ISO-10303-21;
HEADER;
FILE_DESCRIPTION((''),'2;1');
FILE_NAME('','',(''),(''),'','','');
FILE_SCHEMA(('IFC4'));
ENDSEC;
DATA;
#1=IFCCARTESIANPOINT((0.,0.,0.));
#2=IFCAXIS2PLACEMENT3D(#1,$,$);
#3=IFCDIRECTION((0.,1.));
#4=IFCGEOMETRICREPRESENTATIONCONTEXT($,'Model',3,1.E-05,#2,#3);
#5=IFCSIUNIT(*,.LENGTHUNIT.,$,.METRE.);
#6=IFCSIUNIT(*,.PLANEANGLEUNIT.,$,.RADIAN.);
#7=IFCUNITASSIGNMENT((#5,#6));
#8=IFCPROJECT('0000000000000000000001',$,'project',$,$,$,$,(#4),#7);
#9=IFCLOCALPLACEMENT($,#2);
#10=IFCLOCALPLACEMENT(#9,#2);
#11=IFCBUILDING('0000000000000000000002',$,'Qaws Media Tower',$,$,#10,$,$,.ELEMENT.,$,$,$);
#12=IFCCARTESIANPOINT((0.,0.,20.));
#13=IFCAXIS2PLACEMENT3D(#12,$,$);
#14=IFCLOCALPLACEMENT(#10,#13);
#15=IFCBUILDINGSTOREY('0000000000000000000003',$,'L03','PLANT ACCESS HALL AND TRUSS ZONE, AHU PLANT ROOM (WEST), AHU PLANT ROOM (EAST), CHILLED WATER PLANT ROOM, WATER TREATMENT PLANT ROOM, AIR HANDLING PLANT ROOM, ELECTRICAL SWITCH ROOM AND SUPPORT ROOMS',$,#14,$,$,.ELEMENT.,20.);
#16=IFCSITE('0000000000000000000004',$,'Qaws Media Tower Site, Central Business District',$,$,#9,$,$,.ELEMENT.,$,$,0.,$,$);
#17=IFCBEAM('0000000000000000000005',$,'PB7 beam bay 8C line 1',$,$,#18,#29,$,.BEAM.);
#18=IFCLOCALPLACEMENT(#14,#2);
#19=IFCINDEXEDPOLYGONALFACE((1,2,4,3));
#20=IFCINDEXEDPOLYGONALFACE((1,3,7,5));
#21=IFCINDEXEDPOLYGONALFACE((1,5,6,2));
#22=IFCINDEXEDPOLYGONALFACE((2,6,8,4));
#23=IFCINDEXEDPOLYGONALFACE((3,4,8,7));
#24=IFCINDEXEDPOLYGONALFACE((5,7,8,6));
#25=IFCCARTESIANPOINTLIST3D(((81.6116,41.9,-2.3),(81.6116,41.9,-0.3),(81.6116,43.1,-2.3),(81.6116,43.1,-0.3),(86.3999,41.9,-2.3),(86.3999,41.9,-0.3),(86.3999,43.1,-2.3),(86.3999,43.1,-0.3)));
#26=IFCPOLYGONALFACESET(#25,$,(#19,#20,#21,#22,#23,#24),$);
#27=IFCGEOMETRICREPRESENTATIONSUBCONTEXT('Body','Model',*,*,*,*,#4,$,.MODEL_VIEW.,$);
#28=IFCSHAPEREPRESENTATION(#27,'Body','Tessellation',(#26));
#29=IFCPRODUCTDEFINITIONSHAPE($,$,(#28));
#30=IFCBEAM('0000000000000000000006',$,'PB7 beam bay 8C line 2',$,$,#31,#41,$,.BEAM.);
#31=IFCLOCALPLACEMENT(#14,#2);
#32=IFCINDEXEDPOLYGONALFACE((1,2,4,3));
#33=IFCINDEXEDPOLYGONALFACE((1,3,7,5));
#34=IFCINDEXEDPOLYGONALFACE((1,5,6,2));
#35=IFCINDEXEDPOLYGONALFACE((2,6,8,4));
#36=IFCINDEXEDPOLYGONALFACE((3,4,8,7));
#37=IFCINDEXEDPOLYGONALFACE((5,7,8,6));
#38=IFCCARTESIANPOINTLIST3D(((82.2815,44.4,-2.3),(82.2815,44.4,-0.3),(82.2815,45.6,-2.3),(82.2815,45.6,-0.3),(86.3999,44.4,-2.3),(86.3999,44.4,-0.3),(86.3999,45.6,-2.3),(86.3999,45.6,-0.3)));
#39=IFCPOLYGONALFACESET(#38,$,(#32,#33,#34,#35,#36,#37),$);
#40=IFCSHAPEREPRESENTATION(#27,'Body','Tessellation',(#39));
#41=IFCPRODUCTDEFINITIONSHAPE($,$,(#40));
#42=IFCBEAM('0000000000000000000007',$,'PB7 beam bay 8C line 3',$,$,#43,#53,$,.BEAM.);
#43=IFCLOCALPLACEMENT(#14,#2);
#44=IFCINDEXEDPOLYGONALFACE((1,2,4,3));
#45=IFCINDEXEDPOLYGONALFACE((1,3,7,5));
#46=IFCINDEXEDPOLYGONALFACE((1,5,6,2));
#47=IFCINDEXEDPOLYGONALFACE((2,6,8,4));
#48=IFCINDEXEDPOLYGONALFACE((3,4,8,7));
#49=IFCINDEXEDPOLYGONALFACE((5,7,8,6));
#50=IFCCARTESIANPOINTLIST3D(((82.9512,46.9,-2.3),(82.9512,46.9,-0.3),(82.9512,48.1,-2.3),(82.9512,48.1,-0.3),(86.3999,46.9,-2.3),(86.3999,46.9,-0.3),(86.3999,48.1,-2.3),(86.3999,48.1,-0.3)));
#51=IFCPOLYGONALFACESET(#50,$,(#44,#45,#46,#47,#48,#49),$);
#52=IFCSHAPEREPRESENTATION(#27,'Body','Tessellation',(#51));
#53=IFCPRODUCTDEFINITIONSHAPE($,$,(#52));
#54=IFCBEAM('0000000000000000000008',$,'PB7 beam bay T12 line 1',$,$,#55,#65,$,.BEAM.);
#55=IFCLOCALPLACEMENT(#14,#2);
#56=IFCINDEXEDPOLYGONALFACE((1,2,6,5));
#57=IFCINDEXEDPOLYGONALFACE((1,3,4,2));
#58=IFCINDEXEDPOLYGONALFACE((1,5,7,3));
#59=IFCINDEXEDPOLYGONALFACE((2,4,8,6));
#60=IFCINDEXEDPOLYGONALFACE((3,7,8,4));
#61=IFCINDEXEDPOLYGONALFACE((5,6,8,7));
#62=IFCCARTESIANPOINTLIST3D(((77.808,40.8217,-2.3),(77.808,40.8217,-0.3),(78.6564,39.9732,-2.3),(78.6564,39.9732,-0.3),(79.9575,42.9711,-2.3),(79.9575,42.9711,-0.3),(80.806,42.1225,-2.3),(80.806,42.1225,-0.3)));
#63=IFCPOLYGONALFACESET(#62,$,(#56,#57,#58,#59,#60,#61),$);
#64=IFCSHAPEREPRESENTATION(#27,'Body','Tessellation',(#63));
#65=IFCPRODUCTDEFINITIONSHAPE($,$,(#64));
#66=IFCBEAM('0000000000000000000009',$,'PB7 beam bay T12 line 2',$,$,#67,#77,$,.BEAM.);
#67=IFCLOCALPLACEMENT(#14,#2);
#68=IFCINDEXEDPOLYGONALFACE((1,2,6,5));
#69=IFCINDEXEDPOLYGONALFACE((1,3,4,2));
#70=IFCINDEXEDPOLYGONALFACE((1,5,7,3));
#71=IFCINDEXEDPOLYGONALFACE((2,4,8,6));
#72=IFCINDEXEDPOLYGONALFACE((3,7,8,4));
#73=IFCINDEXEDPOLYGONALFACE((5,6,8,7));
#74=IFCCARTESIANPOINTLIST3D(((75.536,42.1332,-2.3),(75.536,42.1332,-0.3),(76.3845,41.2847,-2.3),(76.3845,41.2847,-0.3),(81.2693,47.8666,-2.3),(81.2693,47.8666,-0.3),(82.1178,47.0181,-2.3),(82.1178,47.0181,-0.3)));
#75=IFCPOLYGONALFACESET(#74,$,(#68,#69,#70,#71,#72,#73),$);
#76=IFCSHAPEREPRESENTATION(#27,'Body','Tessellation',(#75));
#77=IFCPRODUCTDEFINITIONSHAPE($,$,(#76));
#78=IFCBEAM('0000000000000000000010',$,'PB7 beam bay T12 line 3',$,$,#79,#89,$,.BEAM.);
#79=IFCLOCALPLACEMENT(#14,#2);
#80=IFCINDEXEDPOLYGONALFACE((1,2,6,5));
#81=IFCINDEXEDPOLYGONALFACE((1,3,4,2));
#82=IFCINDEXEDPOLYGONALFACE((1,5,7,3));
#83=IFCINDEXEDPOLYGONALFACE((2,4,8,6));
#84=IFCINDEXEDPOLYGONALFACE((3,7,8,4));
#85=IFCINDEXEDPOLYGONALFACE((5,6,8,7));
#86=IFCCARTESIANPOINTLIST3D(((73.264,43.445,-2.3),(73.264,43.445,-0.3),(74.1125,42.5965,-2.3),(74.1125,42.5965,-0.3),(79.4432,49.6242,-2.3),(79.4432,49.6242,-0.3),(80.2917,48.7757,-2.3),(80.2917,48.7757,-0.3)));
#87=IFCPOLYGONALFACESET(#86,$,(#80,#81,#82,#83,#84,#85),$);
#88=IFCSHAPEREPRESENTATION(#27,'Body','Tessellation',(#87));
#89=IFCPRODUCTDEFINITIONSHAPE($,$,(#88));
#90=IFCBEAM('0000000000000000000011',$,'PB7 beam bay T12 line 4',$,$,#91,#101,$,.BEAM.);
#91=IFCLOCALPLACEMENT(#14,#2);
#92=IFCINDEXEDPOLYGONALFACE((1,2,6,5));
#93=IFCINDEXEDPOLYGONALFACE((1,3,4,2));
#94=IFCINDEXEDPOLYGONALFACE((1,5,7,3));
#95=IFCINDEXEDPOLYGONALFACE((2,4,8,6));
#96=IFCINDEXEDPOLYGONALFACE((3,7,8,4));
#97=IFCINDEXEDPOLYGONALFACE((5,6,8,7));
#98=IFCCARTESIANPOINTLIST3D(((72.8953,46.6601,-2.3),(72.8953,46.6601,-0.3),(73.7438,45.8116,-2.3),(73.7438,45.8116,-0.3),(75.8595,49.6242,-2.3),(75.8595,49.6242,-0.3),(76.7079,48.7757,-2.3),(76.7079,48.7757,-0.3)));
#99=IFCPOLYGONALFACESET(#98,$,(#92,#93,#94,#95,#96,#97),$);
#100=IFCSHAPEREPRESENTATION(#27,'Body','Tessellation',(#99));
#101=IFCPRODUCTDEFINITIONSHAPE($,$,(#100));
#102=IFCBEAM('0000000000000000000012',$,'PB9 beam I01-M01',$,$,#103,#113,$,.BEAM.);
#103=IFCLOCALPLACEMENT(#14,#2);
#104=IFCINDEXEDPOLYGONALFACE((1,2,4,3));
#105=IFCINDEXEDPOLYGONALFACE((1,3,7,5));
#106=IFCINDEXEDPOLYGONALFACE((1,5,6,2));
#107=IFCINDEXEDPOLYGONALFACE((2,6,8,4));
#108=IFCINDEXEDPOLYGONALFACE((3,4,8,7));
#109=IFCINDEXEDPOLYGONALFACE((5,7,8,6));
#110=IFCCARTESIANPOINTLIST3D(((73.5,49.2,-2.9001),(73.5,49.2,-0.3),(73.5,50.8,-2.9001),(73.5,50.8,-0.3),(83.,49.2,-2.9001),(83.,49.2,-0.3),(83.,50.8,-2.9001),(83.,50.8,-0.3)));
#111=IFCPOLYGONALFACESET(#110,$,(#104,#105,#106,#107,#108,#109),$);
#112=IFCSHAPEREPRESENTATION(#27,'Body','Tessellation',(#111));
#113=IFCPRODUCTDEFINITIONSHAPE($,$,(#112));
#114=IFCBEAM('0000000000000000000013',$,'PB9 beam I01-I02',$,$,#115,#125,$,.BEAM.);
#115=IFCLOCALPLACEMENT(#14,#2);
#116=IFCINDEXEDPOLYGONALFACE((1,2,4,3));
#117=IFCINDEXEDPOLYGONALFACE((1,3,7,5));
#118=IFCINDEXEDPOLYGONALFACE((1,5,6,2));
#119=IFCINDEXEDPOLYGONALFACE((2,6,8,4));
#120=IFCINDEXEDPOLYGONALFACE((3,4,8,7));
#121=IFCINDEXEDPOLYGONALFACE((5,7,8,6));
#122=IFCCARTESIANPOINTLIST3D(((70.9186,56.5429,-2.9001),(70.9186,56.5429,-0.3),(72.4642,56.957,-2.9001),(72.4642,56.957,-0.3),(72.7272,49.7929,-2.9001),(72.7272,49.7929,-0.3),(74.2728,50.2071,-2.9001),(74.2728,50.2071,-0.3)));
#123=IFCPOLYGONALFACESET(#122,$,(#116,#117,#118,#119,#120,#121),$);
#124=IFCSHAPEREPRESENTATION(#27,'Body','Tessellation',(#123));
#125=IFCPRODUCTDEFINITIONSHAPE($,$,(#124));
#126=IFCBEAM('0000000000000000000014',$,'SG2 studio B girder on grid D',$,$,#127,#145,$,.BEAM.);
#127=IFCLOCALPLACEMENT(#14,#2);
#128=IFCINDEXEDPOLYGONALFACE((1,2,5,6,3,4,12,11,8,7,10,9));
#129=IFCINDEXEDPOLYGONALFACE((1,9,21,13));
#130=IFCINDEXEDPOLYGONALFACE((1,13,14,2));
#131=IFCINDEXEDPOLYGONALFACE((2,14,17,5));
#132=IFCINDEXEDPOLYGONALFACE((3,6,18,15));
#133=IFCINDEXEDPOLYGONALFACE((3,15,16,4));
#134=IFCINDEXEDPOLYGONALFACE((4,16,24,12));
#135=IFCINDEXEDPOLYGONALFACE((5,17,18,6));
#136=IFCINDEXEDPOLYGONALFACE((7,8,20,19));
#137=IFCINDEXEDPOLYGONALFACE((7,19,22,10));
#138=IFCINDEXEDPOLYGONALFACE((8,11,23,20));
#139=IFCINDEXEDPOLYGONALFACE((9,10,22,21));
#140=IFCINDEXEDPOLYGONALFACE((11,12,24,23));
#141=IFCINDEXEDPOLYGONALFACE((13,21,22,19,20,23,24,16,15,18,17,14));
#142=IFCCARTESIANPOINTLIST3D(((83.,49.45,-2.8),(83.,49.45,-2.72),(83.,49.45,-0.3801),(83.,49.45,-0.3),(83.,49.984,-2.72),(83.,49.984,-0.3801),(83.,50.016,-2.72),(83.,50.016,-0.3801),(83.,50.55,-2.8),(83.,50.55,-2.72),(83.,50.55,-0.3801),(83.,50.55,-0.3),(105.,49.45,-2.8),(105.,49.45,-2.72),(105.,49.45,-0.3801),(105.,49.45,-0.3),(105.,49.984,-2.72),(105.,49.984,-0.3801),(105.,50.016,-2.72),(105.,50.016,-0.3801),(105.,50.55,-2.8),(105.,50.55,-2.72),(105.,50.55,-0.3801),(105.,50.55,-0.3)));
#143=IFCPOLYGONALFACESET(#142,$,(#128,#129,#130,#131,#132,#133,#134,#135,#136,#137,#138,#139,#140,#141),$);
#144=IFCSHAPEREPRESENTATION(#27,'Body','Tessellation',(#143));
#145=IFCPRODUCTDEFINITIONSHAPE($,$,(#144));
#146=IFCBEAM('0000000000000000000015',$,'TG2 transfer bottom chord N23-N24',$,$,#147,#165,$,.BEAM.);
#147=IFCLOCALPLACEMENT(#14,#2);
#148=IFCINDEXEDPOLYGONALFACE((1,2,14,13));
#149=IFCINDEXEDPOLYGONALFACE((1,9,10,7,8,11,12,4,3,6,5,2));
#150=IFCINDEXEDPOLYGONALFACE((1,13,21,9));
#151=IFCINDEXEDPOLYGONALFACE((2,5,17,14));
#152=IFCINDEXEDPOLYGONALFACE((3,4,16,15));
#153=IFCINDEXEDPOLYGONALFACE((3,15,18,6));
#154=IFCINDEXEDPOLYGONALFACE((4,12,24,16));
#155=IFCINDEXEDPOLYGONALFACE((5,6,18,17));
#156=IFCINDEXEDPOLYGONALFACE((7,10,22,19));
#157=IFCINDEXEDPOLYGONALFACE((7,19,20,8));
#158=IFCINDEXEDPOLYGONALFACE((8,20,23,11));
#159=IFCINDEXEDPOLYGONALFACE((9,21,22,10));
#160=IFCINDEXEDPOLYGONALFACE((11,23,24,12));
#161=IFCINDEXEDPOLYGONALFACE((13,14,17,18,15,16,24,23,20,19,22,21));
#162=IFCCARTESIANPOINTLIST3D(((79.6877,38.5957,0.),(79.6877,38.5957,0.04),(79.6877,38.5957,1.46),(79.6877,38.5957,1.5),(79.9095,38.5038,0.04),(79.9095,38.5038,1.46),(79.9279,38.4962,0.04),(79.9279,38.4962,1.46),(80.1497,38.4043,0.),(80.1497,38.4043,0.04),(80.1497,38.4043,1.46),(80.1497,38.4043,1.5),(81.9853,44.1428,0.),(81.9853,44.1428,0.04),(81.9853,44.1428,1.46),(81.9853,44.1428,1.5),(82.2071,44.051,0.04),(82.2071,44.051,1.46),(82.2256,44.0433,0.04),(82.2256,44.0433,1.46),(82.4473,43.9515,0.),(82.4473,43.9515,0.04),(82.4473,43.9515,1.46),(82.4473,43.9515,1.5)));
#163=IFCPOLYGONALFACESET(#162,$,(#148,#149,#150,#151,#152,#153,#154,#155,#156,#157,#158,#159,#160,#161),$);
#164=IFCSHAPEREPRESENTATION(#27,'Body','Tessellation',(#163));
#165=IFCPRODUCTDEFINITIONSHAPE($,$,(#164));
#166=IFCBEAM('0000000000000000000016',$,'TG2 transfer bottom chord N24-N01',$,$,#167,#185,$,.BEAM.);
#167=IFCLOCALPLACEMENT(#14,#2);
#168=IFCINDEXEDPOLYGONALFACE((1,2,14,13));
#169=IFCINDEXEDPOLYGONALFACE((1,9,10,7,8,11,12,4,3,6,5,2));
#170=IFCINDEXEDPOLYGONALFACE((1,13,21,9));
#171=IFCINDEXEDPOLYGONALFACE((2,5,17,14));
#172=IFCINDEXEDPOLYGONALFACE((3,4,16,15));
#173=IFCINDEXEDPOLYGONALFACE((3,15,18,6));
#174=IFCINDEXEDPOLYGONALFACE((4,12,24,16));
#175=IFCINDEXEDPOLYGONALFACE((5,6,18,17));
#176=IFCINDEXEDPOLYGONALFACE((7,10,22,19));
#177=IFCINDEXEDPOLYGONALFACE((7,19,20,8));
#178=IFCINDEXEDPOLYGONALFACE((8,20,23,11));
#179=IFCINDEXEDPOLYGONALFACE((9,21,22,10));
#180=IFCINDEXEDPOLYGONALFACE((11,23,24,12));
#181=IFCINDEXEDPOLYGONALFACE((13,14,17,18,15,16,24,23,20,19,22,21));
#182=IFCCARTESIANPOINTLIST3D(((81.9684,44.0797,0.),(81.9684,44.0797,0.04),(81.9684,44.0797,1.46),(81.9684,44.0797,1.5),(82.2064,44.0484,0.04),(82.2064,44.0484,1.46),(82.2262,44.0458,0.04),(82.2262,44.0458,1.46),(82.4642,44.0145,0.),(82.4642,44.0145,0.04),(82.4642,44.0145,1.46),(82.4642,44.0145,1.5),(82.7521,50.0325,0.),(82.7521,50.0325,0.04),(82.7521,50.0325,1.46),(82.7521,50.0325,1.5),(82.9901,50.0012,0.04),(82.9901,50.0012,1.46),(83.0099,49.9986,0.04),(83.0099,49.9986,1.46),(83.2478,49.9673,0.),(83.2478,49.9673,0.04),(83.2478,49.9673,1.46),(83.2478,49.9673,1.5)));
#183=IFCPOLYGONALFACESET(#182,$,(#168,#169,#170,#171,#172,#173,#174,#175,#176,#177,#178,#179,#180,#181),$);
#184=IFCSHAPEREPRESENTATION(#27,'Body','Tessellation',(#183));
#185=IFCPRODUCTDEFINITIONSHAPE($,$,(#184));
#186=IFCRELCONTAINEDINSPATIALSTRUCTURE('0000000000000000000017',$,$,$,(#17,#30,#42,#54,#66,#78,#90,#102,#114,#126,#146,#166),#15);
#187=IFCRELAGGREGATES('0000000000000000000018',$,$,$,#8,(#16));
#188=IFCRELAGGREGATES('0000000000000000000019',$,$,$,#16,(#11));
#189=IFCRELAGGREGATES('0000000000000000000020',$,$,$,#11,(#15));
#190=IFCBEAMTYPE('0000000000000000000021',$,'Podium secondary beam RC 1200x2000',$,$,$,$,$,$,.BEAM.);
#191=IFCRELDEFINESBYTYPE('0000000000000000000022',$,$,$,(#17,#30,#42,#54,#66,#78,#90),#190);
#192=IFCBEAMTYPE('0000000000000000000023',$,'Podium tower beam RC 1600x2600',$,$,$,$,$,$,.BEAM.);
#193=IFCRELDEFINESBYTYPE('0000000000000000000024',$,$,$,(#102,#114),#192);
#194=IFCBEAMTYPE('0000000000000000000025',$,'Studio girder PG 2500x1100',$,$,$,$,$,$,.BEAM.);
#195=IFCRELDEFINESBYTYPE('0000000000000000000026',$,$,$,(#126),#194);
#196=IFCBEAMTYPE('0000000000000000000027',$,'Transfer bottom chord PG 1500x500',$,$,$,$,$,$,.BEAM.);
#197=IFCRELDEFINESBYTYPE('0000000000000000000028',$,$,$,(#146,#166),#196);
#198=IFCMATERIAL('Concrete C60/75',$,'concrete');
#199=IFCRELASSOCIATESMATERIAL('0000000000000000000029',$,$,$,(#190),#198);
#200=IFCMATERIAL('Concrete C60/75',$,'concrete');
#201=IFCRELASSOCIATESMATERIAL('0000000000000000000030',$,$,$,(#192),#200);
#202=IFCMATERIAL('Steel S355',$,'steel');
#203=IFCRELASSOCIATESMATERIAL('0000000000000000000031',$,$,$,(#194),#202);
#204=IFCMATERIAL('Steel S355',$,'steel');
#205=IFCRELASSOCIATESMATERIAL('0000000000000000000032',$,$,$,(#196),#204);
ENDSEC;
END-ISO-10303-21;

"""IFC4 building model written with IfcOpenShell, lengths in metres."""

from ifc_helpers import new_model, si_unit, direction, frame, origin, origin_2d, place, context, subcontext, project, spatial, rectangle, i_section, extrude, material, material_profile, profile_set, type_object, element, save


model = new_model("IFC4")

# Units and contexts
model_context = context("Model", 3, precision=1e-05, world=origin(), true_north=direction((0.0, 1.0)))
body_context = subcontext(model_context, "Body", "Model", "MODEL_VIEW")
ifc_project = project(units=[si_unit("LENGTHUNIT", "METRE"), si_unit("PLANEANGLEUNIT", "RADIAN")], contexts=[model_context])

# Site, building, storey
site_placement = place(None, origin())
site = spatial("IfcSite", under=ifc_project, at=site_placement, Name="Qaws Media Tower Site, Central Business District", CompositionType="ELEMENT", RefElevation=0.0)
building_placement = place(site_placement, origin())
building = spatial("IfcBuilding", under=site, at=building_placement, Name="Qaws Media Tower", CompositionType="ELEMENT")
storey_placement = place(building_placement, frame((0.0, 0.0, 20.0)))
storey = spatial("IfcBuildingStorey", under=building, at=storey_placement, Name="L03", Description="PLANT ACCESS HALL AND TRUSS ZONE, AHU PLANT ROOM (WEST), AHU PLANT ROOM (EAST), CHILLED WATER PLANT ROOM, WATER TREATMENT PLANT ROOM, AIR HANDLING PLANT ROOM, ELECTRICAL SWITCH ROOM AND SUPPORT ROOMS", CompositionType="ELEMENT", Elevation=20.0)

# Beams
ifc_material_1 = material(Name="Concrete C60/75", Category="concrete")
ifc_material_profile_1 = material_profile(ifc_material_1, rectangle(XDim=1.2, YDim=2.0, at=origin_2d()), Name="RC 1200x2000")
ifc_profile_set_1 = profile_set([ifc_material_profile_1], Name="Concrete C60/75")
beam_type_1 = type_object("IfcBeamType", Name="Podium secondary beam RC 1200x2000", PredefinedType="BEAM", material=ifc_profile_set_1)
beam_1_placement = place(storey_placement, frame((81.6116, 42.5, -1.3), z_axis=(1.0, 0.0, 0.0), x_axis=(0.0, 1.0, 0.0)))
element("IfcBeam", 1, at=beam_1_placement, inside=storey, type_object=beam_type_1, Name="PB7 beam bay 8C line 1", PredefinedType="BEAM", context=body_context, shape_type="SweptSolid", body=[
    extrude(rectangle(XDim=1.2, YDim=2.0, at=origin_2d()), origin(), (0.0, 0.0, 1.0), 4.7883),
])
beam_2_placement = place(storey_placement, frame((82.2815, 45.0, -1.3), z_axis=(1.0, 0.0, 0.0), x_axis=(0.0, 1.0, 0.0)))
element("IfcBeam", 2, at=beam_2_placement, inside=storey, type_object=beam_type_1, Name="PB7 beam bay 8C line 2", PredefinedType="BEAM", context=body_context, shape_type="SweptSolid", body=[
    extrude(rectangle(XDim=1.2, YDim=2.0, at=origin_2d()), origin(), (0.0, 0.0, 1.0), 4.1184),
])
beam_3_placement = place(storey_placement, frame((82.9512, 47.5, -1.3), z_axis=(1.0, 0.0, 0.0), x_axis=(0.0, 1.0, 0.0)))
element("IfcBeam", 3, at=beam_3_placement, inside=storey, type_object=beam_type_1, Name="PB7 beam bay 8C line 3", PredefinedType="BEAM", context=body_context, shape_type="SweptSolid", body=[
    extrude(rectangle(XDim=1.2, YDim=2.0, at=origin_2d()), origin(), (0.0, 0.0, 1.0), 3.4487),
])
beam_4_placement = place(storey_placement, frame((78.2322, 40.3975, -1.3), z_axis=(0.707147, 0.707067, 0.0), x_axis=(-0.707067, 0.707147, 0.0)))
element("IfcBeam", 4, at=beam_4_placement, inside=storey, type_object=beam_type_1, Name="PB7 beam bay T12 line 1", PredefinedType="BEAM", context=body_context, shape_type="SweptSolid", body=[
    extrude(rectangle(XDim=1.2, YDim=2.0, at=origin_2d()), origin(), (0.0, 0.0, 1.0), 3.0398),
])
beam_5_placement = place(storey_placement, frame((75.9602, 41.709, -1.3), z_axis=(0.707107, 0.707107, 0.0), x_axis=(-0.707107, 0.707107, 0.0)))
element("IfcBeam", 5, at=beam_5_placement, inside=storey, type_object=beam_type_1, Name="PB7 beam bay T12 line 2", PredefinedType="BEAM", context=body_context, shape_type="SweptSolid", body=[
    extrude(rectangle(XDim=1.2, YDim=2.0, at=origin_2d()), origin(), (0.0, 0.0, 1.0), 8.1082),
])
beam_6_placement = place(storey_placement, frame((73.6882, 43.0208, -1.3), z_axis=(0.707107, 0.707107, 0.0), x_axis=(-0.707107, 0.707107, 0.0)))
element("IfcBeam", 6, at=beam_6_placement, inside=storey, type_object=beam_type_1, Name="PB7 beam bay T12 line 3", PredefinedType="BEAM", context=body_context, shape_type="SweptSolid", body=[
    extrude(rectangle(XDim=1.2, YDim=2.0, at=origin_2d()), origin(), (0.0, 0.0, 1.0), 8.7388),
])
beam_7_placement = place(storey_placement, frame((73.3196, 46.2358, -1.3), z_axis=(0.707107, 0.707107, 0.0), x_axis=(-0.707107, 0.707107, 0.0)))
element("IfcBeam", 7, at=beam_7_placement, inside=storey, type_object=beam_type_1, Name="PB7 beam bay T12 line 4", PredefinedType="BEAM", context=body_context, shape_type="SweptSolid", body=[
    extrude(rectangle(XDim=1.2, YDim=2.0, at=origin_2d()), origin(), (0.0, 0.0, 1.0), 4.1919),
])
ifc_material_2 = material(Name="Concrete C60/75", Category="concrete")
ifc_material_profile_2 = material_profile(ifc_material_2, rectangle(XDim=1.6001, YDim=2.6001, at=origin_2d()), Name="RC 1600x2600")
ifc_profile_set_2 = profile_set([ifc_material_profile_2], Name="Concrete C60/75")
beam_type_2 = type_object("IfcBeamType", Name="Podium tower beam RC 1600x2600", PredefinedType="BEAM", material=ifc_profile_set_2)
beam_8_placement = place(storey_placement, frame((73.5, 50.0, -1.6001), z_axis=(1.0, 0.0, 0.0), x_axis=(0.0, 1.0, 0.0)))
element("IfcBeam", 8, at=beam_8_placement, inside=storey, type_object=beam_type_2, Name="PB9 beam I01-M01", PredefinedType="BEAM", context=body_context, shape_type="SweptSolid", body=[
    extrude(rectangle(XDim=1.6001, YDim=2.6001, at=origin_2d()), origin(), (0.0, 0.0, 1.0), 9.5),
])
beam_9_placement = place(storey_placement, frame((73.5, 50.0, -1.6001), z_axis=(-0.258811, 0.965928, 0.0), x_axis=(-0.965928, -0.258811, 0.0)))
element("IfcBeam", 9, at=beam_9_placement, inside=storey, type_object=beam_type_2, Name="PB9 beam I01-I02", PredefinedType="BEAM", context=body_context, shape_type="SweptSolid", body=[
    extrude(rectangle(XDim=1.6001, YDim=2.6001, at=origin_2d()), origin(), (0.0, 0.0, 1.0), 6.988),
])
ifc_material_3 = material(Name="Steel S355", Category="steel")
ifc_material_profile_3 = material_profile(ifc_material_3, i_section(OverallWidth=1.1001, OverallDepth=2.5, WebThickness=0.032, FlangeThickness=0.0801, at=origin_2d()), Name="PG 2500x1100")
ifc_profile_set_3 = profile_set([ifc_material_profile_3], Name="Steel S355")
beam_type_3 = type_object("IfcBeamType", Name="Studio girder PG 2500x1100", PredefinedType="BEAM", material=ifc_profile_set_3)
beam_10_placement = place(storey_placement, frame((83.0, 50.0, -1.55), z_axis=(1.0, 0.0, 0.0), x_axis=(0.0, 1.0, 0.0)))
element("IfcBeam", 10, at=beam_10_placement, inside=storey, type_object=beam_type_3, Name="SG2 studio B girder on grid D", PredefinedType="BEAM", context=body_context, shape_type="SweptSolid", body=[
    extrude(i_section(OverallWidth=1.1001, OverallDepth=2.5, WebThickness=0.032, FlangeThickness=0.0801, at=origin_2d()), origin(), (0.0, 0.0, 1.0), 22.0),
])
ifc_material_4 = material(Name="Steel S355", Category="steel")
ifc_material_profile_4 = material_profile(ifc_material_4, i_section(OverallWidth=0.5, OverallDepth=1.5, WebThickness=0.02, FlangeThickness=0.04, at=origin_2d()), Name="PG 1500x500")
ifc_profile_set_4 = profile_set([ifc_material_profile_4], Name="Steel S355")
beam_type_4 = type_object("IfcBeamType", Name="Transfer bottom chord PG 1500x500", PredefinedType="BEAM", material=ifc_profile_set_4)
for number, where, z_axis, x_axis, name in (
    (11, (79.9187, 38.5, 0.75), (0.382671, 0.923885, 0.0), (-0.923885, 0.382671, 0.0), "TG2 transfer bottom chord N23-N24"),
    (12, (82.2163, 44.0471, 0.75), (0.130523, 0.991445, 0.0), (-0.991445, 0.130523, 0.0), "TG2 transfer bottom chord N24-N01"),
):
    element("IfcBeam", number, at=place(storey_placement, frame(where, z_axis=z_axis, x_axis=x_axis)), inside=storey, type_object=beam_type_4, Name=name, PredefinedType="BEAM", context=body_context, shape_type="SweptSolid", body=[
        extrude(i_section(OverallWidth=0.5, OverallDepth=1.5, WebThickness=0.02, FlangeThickness=0.04, at=origin_2d()), origin(), (0.0, 0.0, 1.0), 6.0042),
    ])

save(model, "model.ifc")
